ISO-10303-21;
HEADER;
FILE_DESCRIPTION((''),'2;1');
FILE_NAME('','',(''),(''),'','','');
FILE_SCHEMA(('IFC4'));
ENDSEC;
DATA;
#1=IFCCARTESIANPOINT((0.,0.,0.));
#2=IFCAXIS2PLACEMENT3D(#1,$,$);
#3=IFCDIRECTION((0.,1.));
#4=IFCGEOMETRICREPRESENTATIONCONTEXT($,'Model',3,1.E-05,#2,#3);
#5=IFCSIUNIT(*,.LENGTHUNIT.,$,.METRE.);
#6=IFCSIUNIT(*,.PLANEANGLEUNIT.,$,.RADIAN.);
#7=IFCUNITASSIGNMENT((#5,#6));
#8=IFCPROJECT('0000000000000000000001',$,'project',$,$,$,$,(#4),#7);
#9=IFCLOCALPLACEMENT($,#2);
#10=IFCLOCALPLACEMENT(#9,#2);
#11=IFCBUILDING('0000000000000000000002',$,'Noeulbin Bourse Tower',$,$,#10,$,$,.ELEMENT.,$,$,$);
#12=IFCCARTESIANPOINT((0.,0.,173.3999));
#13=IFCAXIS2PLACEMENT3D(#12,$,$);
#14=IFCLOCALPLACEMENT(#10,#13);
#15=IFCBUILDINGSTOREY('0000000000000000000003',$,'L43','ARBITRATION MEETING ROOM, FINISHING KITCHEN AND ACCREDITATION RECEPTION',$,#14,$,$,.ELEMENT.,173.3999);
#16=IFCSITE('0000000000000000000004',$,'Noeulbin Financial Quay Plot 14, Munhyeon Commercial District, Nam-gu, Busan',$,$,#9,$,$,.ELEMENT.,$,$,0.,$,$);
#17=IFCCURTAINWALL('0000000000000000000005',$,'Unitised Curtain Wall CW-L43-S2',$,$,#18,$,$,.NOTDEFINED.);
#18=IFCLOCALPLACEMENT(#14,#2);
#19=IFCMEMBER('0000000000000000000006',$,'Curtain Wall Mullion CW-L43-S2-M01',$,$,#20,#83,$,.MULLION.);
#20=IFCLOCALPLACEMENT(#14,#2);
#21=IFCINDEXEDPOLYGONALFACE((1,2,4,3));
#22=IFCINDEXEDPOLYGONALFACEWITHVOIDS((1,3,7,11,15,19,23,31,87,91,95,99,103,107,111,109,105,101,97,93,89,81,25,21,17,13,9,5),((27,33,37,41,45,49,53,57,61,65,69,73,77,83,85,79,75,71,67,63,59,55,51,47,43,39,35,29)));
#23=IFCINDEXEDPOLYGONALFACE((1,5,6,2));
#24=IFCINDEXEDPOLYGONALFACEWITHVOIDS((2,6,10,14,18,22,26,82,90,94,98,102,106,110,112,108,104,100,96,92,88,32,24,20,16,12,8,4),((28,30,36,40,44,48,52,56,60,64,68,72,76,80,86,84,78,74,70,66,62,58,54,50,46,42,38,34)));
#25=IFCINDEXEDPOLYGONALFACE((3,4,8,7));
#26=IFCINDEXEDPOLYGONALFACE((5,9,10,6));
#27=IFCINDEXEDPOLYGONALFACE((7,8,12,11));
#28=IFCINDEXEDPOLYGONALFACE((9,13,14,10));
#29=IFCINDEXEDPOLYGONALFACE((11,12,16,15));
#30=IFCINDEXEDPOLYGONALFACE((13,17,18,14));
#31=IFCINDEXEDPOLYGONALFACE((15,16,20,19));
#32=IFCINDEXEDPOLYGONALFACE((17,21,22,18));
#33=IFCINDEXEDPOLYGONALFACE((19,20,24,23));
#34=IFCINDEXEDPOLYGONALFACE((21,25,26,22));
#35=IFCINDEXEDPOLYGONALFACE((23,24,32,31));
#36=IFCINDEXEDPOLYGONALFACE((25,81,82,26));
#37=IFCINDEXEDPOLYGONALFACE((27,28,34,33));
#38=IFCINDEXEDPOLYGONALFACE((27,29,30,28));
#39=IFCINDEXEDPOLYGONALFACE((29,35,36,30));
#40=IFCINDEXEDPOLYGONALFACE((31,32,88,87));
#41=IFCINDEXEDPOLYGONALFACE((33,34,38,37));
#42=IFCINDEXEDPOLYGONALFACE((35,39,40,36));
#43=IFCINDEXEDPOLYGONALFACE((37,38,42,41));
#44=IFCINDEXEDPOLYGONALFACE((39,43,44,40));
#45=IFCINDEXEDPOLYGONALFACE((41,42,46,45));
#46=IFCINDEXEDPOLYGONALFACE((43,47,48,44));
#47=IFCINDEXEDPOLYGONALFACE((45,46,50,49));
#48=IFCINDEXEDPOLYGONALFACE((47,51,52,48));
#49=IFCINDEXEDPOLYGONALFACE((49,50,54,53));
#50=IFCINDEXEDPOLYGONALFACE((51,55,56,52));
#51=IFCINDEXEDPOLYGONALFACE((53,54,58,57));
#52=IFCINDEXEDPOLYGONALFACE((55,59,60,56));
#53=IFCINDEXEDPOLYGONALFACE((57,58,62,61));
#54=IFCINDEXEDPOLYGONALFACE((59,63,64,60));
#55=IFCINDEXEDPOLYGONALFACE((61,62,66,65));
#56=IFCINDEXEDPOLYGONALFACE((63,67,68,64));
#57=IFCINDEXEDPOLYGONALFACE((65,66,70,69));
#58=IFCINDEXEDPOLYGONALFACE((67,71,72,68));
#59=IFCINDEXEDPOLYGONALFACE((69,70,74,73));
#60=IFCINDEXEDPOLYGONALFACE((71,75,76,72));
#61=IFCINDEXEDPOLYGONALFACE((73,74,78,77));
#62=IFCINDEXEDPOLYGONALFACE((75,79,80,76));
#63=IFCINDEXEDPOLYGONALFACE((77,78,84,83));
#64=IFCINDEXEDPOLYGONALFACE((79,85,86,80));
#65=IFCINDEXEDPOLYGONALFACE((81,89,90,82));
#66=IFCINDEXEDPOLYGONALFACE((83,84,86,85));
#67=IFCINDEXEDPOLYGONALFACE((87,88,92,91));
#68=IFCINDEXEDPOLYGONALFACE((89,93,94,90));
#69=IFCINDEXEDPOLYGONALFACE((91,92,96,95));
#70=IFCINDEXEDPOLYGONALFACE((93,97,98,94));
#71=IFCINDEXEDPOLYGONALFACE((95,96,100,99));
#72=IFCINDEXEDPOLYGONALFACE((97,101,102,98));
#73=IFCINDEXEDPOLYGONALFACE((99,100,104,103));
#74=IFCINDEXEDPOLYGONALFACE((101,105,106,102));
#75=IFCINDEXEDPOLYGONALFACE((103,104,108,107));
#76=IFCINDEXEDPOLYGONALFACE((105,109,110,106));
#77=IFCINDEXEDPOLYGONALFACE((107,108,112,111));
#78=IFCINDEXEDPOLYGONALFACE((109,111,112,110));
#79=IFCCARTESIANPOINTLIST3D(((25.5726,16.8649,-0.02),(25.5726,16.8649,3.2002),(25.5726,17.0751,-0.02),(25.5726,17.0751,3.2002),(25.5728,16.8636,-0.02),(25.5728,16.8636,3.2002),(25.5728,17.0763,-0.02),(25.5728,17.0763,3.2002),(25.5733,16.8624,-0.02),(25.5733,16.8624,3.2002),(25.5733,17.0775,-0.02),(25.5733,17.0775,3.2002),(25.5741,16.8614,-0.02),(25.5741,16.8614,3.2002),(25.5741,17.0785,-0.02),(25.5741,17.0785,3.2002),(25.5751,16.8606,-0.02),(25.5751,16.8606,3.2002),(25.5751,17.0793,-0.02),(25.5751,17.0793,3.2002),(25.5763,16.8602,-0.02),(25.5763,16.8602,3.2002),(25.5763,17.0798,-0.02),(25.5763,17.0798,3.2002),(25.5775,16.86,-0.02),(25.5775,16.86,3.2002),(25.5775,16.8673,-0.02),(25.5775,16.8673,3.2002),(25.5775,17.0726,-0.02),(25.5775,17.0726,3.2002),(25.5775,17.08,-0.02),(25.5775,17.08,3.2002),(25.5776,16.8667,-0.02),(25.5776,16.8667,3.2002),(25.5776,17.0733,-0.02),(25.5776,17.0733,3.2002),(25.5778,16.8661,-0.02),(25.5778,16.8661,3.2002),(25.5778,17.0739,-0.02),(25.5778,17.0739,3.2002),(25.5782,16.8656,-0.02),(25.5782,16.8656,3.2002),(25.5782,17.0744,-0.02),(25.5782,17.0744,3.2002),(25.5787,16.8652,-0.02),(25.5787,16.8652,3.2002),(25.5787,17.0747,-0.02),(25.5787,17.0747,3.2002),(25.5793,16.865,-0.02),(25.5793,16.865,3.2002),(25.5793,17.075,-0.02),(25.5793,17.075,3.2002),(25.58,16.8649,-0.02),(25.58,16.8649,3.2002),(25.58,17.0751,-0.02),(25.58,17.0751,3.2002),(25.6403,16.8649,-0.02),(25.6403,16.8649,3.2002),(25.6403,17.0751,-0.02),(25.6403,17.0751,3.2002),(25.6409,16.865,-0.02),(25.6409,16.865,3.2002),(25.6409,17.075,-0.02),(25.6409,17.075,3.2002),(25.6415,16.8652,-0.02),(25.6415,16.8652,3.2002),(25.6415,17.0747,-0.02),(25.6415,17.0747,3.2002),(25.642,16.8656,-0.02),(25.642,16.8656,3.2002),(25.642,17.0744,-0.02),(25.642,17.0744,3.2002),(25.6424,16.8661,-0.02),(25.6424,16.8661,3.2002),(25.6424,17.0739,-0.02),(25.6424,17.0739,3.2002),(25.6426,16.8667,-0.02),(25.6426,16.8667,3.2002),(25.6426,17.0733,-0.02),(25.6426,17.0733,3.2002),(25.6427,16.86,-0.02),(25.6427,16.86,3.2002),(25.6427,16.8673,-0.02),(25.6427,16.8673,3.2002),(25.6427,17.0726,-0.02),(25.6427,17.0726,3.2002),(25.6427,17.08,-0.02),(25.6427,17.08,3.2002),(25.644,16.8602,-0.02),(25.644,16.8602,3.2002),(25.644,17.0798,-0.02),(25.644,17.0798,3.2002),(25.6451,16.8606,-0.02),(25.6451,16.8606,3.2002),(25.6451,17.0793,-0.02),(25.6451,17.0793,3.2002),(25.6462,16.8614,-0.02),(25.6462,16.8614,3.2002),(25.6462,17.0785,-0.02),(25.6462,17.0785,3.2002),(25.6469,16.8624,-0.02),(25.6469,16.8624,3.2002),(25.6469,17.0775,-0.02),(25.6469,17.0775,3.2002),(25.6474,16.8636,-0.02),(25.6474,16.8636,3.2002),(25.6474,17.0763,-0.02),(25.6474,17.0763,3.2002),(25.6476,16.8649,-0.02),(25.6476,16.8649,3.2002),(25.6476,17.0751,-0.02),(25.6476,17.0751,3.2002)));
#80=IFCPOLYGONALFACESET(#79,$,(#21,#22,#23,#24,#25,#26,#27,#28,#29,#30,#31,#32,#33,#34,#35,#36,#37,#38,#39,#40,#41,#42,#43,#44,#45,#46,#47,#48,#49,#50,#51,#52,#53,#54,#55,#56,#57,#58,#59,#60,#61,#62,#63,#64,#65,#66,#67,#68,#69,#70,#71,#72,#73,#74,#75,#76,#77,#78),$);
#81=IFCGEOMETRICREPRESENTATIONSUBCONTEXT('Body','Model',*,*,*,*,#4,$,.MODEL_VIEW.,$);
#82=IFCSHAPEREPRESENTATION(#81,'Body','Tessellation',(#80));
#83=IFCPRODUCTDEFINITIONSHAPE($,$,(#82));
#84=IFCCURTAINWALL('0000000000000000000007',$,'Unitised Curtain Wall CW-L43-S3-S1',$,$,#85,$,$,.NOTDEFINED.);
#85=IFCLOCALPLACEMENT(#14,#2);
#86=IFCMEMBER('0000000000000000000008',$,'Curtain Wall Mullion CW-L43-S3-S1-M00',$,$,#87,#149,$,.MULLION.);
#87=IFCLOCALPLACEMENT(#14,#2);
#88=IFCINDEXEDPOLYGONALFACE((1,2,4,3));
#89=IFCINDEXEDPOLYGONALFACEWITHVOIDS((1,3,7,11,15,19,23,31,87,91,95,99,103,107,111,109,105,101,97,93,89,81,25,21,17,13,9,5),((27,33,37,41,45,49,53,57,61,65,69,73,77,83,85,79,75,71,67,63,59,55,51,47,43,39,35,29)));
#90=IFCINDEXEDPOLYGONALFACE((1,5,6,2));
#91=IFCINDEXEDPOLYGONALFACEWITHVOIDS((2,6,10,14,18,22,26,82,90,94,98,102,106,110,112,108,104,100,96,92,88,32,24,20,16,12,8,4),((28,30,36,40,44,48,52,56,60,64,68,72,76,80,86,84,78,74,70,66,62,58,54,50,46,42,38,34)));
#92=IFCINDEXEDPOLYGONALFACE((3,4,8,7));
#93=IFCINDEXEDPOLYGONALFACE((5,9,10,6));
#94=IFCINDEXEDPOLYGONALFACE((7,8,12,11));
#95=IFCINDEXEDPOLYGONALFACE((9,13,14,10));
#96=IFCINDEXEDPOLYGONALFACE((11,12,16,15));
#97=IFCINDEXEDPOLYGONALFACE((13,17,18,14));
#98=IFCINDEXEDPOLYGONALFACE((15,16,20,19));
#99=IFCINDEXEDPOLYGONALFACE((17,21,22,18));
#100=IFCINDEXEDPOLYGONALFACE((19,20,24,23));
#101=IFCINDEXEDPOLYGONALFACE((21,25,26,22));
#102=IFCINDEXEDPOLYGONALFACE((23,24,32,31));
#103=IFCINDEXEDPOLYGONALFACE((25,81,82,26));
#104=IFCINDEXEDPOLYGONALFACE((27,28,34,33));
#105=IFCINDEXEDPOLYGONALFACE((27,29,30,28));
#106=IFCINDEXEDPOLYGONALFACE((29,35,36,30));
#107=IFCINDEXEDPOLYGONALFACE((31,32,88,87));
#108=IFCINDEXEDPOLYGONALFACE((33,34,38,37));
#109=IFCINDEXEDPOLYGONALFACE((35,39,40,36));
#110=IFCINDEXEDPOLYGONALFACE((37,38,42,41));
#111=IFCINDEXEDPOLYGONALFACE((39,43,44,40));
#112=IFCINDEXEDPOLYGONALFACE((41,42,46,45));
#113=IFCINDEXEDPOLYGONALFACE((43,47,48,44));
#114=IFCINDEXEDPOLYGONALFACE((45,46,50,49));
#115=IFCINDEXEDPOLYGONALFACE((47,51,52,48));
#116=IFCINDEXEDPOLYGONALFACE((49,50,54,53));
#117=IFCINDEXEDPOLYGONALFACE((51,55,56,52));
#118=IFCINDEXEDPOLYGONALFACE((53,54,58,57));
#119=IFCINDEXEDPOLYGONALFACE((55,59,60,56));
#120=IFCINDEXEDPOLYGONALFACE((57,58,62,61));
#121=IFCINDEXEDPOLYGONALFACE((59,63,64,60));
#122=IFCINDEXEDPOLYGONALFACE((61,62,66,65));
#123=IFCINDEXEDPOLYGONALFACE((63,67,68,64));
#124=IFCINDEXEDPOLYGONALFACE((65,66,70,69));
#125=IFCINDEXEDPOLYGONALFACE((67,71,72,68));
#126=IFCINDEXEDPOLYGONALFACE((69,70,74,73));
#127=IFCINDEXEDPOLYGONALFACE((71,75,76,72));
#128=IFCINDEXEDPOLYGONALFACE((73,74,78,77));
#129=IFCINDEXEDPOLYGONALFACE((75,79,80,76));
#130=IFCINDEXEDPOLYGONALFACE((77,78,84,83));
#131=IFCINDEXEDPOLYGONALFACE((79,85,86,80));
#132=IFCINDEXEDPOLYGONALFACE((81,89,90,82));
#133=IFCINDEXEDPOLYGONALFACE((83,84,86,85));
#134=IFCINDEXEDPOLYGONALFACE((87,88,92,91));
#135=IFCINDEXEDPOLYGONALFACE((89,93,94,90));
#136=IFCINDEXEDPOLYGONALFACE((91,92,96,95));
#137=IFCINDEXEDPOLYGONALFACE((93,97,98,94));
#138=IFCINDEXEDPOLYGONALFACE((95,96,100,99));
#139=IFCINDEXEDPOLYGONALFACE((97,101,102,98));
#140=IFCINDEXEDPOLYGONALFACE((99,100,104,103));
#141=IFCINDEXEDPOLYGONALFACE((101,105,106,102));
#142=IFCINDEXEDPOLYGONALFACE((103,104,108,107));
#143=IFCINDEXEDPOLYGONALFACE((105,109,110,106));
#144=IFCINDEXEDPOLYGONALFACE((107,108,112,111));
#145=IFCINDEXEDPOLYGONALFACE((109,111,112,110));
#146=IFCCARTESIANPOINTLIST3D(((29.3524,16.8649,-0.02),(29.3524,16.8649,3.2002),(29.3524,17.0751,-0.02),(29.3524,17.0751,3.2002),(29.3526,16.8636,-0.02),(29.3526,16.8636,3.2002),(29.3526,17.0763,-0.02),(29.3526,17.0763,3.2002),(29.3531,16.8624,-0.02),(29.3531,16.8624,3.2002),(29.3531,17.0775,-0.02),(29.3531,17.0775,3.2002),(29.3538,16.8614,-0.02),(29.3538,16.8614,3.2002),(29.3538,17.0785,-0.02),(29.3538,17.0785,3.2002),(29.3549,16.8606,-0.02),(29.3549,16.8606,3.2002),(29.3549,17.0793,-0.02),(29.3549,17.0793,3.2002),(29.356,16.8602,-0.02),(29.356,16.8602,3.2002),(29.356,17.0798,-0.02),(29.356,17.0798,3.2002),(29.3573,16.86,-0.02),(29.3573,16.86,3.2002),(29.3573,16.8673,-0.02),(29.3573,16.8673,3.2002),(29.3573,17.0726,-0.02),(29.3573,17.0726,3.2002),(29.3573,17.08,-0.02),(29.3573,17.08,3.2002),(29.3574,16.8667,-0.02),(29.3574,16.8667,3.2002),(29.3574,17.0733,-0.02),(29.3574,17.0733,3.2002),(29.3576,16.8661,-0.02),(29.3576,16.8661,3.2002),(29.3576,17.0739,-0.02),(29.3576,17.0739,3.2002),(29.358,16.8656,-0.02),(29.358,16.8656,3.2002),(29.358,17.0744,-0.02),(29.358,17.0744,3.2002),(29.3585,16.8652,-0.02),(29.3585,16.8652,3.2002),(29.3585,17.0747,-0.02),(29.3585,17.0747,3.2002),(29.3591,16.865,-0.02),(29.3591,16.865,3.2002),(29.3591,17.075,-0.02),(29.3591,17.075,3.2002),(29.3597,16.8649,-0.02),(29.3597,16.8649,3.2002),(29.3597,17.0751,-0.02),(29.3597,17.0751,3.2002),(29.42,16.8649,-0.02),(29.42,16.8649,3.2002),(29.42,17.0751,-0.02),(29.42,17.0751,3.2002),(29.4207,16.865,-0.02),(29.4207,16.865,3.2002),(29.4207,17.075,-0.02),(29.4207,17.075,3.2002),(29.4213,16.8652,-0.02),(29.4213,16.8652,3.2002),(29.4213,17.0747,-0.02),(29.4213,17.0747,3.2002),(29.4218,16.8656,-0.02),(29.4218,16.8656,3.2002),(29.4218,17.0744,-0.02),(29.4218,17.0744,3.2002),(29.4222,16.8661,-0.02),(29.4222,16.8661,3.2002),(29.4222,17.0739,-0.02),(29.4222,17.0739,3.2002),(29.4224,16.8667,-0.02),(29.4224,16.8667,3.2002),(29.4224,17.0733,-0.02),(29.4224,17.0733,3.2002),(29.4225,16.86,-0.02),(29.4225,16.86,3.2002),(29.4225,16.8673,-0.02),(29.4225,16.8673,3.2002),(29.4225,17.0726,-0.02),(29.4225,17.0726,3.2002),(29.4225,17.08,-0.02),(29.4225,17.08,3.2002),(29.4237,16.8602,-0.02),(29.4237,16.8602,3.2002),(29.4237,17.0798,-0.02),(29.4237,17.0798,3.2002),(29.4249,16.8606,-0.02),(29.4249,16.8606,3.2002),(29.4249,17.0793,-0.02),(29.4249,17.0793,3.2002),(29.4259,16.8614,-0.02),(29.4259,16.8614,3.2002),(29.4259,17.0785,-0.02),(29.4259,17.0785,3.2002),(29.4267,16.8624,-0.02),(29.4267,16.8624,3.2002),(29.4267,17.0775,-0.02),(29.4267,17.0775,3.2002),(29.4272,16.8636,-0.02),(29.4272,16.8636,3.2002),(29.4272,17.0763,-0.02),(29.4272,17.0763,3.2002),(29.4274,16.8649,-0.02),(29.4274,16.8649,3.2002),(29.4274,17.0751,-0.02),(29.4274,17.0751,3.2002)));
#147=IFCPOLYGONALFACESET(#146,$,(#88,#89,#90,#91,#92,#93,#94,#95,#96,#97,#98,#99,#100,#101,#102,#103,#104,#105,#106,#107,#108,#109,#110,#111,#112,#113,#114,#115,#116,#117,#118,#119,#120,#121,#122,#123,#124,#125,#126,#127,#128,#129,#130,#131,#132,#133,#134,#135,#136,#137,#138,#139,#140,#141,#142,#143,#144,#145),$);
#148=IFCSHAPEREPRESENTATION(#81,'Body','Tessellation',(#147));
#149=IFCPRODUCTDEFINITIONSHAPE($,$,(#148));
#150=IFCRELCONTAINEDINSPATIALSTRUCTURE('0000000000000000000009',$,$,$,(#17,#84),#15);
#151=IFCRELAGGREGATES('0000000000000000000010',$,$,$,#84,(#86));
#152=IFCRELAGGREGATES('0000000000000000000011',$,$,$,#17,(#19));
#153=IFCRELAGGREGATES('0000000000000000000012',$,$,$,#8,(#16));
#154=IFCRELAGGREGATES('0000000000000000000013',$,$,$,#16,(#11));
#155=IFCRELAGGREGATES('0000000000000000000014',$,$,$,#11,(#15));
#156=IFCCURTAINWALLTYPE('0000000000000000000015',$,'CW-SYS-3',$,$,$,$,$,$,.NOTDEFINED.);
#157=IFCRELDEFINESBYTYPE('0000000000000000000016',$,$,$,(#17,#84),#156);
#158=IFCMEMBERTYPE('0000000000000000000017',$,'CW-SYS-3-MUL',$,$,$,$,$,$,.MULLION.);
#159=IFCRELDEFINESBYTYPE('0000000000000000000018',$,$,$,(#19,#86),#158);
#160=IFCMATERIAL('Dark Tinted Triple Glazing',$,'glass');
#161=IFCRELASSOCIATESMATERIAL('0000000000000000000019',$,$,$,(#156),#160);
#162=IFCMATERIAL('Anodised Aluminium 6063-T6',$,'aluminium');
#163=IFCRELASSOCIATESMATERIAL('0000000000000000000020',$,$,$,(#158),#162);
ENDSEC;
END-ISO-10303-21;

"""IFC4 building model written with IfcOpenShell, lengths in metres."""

from ifc_helpers import new_model, si_unit, direction, frame, origin, origin_2d, place, context, subcontext, project, spatial, hollow_rectangle, extrude, material, material_profile, profile_set, type_object, element, aggregate, save


model = new_model("IFC4")

# Units and contexts
model_context = context("Model", 3, precision=1e-05, world=origin(), true_north=direction((0.0, 1.0)))
body_context = subcontext(model_context, "Body", "Model", "MODEL_VIEW")
ifc_project = project(units=[si_unit("LENGTHUNIT", "METRE"), si_unit("PLANEANGLEUNIT", "RADIAN")], contexts=[model_context])

# Site, building, storey
site_placement = place(None, origin())
site = spatial("IfcSite", under=ifc_project, at=site_placement, Name="Noeulbin Financial Quay Plot 14, Munhyeon Commercial District, Nam-gu, Busan", CompositionType="ELEMENT", RefElevation=0.0)
building_placement = place(site_placement, origin())
building = spatial("IfcBuilding", under=site, at=building_placement, Name="Noeulbin Bourse Tower", CompositionType="ELEMENT")
storey_placement = place(building_placement, frame((0.0, 0.0, 173.3999)))
storey = spatial("IfcBuildingStorey", under=building, at=storey_placement, Name="L43", Description="ARBITRATION MEETING ROOM, FINISHING KITCHEN AND ACCREDITATION RECEPTION", CompositionType="ELEMENT", Elevation=173.3999)

# Shared definitions
ifc_material_1 = material(Name="Dark Tinted Triple Glazing", Category="glass")
curtain_wall_type = type_object("IfcCurtainWallType", Name="CW-SYS-3", PredefinedType="NOTDEFINED", material=ifc_material_1)
ifc_material_2 = material(Name="Anodised Aluminium 6063-T6", Category="aluminium")
ifc_material_profile_1 = material_profile(ifc_material_2, hollow_rectangle(XDim=0.075, YDim=0.22, WallThickness=0.0049, InnerFilletRadius=0.0024, OuterFilletRadius=0.0049, at=origin_2d()), Name="ALU-MULL-75x220x5", Category="LoadBearing")
ifc_profile_set_1 = profile_set([ifc_material_profile_1], Name="Anodised Aluminium 6063-T6")
member_type_1 = type_object("IfcMemberType", Name="CW-SYS-3-MUL", PredefinedType="MULLION", material=ifc_profile_set_1)

# Curtain walls, members
curtain_wall_1_placement = place(storey_placement, origin())
curtain_wall_1 = element("IfcCurtainWall", 1, at=curtain_wall_1_placement, inside=storey, type_object=curtain_wall_type, Name="Unitised Curtain Wall CW-L43-S2", PredefinedType="NOTDEFINED")
member_1_placement = place(storey_placement, frame((25.6101, 16.97, -0.02), z_axis=(0.0, 0.0, 1.0), x_axis=(1.0, 0.0, 0.0)))
member_1 = element("IfcMember", 2, at=member_1_placement, type_object=member_type_1, Name="Curtain Wall Mullion CW-L43-S2-M01", PredefinedType="MULLION", context=body_context, shape_type="SweptSolid", body=[
    extrude(hollow_rectangle(XDim=0.075, YDim=0.22, WallThickness=0.0049, InnerFilletRadius=0.0024, OuterFilletRadius=0.0049, at=origin_2d()), origin(), (0.0, 0.0, 1.0), 3.2202),
])
curtain_wall_2_placement = place(storey_placement, origin())
curtain_wall_2 = element("IfcCurtainWall", 3, at=curtain_wall_2_placement, inside=storey, type_object=curtain_wall_type, Name="Unitised Curtain Wall CW-L43-S3-S1", PredefinedType="NOTDEFINED")
member_2_placement = place(storey_placement, frame((29.3899, 16.97, -0.02), z_axis=(0.0, 0.0, 1.0), x_axis=(1.0, 0.0, 0.0)))
member_2 = element("IfcMember", 4, at=member_2_placement, type_object=member_type_1, Name="Curtain Wall Mullion CW-L43-S3-S1-M00", PredefinedType="MULLION", context=body_context, shape_type="SweptSolid", body=[
    extrude(hollow_rectangle(XDim=0.075, YDim=0.22, WallThickness=0.0049, InnerFilletRadius=0.0024, OuterFilletRadius=0.0049, at=origin_2d()), origin(), (0.0, 0.0, 1.0), 3.2202),
])

aggregate(curtain_wall_2, [member_2])

aggregate(curtain_wall_1, [member_1])

save(model, "model.ifc")
